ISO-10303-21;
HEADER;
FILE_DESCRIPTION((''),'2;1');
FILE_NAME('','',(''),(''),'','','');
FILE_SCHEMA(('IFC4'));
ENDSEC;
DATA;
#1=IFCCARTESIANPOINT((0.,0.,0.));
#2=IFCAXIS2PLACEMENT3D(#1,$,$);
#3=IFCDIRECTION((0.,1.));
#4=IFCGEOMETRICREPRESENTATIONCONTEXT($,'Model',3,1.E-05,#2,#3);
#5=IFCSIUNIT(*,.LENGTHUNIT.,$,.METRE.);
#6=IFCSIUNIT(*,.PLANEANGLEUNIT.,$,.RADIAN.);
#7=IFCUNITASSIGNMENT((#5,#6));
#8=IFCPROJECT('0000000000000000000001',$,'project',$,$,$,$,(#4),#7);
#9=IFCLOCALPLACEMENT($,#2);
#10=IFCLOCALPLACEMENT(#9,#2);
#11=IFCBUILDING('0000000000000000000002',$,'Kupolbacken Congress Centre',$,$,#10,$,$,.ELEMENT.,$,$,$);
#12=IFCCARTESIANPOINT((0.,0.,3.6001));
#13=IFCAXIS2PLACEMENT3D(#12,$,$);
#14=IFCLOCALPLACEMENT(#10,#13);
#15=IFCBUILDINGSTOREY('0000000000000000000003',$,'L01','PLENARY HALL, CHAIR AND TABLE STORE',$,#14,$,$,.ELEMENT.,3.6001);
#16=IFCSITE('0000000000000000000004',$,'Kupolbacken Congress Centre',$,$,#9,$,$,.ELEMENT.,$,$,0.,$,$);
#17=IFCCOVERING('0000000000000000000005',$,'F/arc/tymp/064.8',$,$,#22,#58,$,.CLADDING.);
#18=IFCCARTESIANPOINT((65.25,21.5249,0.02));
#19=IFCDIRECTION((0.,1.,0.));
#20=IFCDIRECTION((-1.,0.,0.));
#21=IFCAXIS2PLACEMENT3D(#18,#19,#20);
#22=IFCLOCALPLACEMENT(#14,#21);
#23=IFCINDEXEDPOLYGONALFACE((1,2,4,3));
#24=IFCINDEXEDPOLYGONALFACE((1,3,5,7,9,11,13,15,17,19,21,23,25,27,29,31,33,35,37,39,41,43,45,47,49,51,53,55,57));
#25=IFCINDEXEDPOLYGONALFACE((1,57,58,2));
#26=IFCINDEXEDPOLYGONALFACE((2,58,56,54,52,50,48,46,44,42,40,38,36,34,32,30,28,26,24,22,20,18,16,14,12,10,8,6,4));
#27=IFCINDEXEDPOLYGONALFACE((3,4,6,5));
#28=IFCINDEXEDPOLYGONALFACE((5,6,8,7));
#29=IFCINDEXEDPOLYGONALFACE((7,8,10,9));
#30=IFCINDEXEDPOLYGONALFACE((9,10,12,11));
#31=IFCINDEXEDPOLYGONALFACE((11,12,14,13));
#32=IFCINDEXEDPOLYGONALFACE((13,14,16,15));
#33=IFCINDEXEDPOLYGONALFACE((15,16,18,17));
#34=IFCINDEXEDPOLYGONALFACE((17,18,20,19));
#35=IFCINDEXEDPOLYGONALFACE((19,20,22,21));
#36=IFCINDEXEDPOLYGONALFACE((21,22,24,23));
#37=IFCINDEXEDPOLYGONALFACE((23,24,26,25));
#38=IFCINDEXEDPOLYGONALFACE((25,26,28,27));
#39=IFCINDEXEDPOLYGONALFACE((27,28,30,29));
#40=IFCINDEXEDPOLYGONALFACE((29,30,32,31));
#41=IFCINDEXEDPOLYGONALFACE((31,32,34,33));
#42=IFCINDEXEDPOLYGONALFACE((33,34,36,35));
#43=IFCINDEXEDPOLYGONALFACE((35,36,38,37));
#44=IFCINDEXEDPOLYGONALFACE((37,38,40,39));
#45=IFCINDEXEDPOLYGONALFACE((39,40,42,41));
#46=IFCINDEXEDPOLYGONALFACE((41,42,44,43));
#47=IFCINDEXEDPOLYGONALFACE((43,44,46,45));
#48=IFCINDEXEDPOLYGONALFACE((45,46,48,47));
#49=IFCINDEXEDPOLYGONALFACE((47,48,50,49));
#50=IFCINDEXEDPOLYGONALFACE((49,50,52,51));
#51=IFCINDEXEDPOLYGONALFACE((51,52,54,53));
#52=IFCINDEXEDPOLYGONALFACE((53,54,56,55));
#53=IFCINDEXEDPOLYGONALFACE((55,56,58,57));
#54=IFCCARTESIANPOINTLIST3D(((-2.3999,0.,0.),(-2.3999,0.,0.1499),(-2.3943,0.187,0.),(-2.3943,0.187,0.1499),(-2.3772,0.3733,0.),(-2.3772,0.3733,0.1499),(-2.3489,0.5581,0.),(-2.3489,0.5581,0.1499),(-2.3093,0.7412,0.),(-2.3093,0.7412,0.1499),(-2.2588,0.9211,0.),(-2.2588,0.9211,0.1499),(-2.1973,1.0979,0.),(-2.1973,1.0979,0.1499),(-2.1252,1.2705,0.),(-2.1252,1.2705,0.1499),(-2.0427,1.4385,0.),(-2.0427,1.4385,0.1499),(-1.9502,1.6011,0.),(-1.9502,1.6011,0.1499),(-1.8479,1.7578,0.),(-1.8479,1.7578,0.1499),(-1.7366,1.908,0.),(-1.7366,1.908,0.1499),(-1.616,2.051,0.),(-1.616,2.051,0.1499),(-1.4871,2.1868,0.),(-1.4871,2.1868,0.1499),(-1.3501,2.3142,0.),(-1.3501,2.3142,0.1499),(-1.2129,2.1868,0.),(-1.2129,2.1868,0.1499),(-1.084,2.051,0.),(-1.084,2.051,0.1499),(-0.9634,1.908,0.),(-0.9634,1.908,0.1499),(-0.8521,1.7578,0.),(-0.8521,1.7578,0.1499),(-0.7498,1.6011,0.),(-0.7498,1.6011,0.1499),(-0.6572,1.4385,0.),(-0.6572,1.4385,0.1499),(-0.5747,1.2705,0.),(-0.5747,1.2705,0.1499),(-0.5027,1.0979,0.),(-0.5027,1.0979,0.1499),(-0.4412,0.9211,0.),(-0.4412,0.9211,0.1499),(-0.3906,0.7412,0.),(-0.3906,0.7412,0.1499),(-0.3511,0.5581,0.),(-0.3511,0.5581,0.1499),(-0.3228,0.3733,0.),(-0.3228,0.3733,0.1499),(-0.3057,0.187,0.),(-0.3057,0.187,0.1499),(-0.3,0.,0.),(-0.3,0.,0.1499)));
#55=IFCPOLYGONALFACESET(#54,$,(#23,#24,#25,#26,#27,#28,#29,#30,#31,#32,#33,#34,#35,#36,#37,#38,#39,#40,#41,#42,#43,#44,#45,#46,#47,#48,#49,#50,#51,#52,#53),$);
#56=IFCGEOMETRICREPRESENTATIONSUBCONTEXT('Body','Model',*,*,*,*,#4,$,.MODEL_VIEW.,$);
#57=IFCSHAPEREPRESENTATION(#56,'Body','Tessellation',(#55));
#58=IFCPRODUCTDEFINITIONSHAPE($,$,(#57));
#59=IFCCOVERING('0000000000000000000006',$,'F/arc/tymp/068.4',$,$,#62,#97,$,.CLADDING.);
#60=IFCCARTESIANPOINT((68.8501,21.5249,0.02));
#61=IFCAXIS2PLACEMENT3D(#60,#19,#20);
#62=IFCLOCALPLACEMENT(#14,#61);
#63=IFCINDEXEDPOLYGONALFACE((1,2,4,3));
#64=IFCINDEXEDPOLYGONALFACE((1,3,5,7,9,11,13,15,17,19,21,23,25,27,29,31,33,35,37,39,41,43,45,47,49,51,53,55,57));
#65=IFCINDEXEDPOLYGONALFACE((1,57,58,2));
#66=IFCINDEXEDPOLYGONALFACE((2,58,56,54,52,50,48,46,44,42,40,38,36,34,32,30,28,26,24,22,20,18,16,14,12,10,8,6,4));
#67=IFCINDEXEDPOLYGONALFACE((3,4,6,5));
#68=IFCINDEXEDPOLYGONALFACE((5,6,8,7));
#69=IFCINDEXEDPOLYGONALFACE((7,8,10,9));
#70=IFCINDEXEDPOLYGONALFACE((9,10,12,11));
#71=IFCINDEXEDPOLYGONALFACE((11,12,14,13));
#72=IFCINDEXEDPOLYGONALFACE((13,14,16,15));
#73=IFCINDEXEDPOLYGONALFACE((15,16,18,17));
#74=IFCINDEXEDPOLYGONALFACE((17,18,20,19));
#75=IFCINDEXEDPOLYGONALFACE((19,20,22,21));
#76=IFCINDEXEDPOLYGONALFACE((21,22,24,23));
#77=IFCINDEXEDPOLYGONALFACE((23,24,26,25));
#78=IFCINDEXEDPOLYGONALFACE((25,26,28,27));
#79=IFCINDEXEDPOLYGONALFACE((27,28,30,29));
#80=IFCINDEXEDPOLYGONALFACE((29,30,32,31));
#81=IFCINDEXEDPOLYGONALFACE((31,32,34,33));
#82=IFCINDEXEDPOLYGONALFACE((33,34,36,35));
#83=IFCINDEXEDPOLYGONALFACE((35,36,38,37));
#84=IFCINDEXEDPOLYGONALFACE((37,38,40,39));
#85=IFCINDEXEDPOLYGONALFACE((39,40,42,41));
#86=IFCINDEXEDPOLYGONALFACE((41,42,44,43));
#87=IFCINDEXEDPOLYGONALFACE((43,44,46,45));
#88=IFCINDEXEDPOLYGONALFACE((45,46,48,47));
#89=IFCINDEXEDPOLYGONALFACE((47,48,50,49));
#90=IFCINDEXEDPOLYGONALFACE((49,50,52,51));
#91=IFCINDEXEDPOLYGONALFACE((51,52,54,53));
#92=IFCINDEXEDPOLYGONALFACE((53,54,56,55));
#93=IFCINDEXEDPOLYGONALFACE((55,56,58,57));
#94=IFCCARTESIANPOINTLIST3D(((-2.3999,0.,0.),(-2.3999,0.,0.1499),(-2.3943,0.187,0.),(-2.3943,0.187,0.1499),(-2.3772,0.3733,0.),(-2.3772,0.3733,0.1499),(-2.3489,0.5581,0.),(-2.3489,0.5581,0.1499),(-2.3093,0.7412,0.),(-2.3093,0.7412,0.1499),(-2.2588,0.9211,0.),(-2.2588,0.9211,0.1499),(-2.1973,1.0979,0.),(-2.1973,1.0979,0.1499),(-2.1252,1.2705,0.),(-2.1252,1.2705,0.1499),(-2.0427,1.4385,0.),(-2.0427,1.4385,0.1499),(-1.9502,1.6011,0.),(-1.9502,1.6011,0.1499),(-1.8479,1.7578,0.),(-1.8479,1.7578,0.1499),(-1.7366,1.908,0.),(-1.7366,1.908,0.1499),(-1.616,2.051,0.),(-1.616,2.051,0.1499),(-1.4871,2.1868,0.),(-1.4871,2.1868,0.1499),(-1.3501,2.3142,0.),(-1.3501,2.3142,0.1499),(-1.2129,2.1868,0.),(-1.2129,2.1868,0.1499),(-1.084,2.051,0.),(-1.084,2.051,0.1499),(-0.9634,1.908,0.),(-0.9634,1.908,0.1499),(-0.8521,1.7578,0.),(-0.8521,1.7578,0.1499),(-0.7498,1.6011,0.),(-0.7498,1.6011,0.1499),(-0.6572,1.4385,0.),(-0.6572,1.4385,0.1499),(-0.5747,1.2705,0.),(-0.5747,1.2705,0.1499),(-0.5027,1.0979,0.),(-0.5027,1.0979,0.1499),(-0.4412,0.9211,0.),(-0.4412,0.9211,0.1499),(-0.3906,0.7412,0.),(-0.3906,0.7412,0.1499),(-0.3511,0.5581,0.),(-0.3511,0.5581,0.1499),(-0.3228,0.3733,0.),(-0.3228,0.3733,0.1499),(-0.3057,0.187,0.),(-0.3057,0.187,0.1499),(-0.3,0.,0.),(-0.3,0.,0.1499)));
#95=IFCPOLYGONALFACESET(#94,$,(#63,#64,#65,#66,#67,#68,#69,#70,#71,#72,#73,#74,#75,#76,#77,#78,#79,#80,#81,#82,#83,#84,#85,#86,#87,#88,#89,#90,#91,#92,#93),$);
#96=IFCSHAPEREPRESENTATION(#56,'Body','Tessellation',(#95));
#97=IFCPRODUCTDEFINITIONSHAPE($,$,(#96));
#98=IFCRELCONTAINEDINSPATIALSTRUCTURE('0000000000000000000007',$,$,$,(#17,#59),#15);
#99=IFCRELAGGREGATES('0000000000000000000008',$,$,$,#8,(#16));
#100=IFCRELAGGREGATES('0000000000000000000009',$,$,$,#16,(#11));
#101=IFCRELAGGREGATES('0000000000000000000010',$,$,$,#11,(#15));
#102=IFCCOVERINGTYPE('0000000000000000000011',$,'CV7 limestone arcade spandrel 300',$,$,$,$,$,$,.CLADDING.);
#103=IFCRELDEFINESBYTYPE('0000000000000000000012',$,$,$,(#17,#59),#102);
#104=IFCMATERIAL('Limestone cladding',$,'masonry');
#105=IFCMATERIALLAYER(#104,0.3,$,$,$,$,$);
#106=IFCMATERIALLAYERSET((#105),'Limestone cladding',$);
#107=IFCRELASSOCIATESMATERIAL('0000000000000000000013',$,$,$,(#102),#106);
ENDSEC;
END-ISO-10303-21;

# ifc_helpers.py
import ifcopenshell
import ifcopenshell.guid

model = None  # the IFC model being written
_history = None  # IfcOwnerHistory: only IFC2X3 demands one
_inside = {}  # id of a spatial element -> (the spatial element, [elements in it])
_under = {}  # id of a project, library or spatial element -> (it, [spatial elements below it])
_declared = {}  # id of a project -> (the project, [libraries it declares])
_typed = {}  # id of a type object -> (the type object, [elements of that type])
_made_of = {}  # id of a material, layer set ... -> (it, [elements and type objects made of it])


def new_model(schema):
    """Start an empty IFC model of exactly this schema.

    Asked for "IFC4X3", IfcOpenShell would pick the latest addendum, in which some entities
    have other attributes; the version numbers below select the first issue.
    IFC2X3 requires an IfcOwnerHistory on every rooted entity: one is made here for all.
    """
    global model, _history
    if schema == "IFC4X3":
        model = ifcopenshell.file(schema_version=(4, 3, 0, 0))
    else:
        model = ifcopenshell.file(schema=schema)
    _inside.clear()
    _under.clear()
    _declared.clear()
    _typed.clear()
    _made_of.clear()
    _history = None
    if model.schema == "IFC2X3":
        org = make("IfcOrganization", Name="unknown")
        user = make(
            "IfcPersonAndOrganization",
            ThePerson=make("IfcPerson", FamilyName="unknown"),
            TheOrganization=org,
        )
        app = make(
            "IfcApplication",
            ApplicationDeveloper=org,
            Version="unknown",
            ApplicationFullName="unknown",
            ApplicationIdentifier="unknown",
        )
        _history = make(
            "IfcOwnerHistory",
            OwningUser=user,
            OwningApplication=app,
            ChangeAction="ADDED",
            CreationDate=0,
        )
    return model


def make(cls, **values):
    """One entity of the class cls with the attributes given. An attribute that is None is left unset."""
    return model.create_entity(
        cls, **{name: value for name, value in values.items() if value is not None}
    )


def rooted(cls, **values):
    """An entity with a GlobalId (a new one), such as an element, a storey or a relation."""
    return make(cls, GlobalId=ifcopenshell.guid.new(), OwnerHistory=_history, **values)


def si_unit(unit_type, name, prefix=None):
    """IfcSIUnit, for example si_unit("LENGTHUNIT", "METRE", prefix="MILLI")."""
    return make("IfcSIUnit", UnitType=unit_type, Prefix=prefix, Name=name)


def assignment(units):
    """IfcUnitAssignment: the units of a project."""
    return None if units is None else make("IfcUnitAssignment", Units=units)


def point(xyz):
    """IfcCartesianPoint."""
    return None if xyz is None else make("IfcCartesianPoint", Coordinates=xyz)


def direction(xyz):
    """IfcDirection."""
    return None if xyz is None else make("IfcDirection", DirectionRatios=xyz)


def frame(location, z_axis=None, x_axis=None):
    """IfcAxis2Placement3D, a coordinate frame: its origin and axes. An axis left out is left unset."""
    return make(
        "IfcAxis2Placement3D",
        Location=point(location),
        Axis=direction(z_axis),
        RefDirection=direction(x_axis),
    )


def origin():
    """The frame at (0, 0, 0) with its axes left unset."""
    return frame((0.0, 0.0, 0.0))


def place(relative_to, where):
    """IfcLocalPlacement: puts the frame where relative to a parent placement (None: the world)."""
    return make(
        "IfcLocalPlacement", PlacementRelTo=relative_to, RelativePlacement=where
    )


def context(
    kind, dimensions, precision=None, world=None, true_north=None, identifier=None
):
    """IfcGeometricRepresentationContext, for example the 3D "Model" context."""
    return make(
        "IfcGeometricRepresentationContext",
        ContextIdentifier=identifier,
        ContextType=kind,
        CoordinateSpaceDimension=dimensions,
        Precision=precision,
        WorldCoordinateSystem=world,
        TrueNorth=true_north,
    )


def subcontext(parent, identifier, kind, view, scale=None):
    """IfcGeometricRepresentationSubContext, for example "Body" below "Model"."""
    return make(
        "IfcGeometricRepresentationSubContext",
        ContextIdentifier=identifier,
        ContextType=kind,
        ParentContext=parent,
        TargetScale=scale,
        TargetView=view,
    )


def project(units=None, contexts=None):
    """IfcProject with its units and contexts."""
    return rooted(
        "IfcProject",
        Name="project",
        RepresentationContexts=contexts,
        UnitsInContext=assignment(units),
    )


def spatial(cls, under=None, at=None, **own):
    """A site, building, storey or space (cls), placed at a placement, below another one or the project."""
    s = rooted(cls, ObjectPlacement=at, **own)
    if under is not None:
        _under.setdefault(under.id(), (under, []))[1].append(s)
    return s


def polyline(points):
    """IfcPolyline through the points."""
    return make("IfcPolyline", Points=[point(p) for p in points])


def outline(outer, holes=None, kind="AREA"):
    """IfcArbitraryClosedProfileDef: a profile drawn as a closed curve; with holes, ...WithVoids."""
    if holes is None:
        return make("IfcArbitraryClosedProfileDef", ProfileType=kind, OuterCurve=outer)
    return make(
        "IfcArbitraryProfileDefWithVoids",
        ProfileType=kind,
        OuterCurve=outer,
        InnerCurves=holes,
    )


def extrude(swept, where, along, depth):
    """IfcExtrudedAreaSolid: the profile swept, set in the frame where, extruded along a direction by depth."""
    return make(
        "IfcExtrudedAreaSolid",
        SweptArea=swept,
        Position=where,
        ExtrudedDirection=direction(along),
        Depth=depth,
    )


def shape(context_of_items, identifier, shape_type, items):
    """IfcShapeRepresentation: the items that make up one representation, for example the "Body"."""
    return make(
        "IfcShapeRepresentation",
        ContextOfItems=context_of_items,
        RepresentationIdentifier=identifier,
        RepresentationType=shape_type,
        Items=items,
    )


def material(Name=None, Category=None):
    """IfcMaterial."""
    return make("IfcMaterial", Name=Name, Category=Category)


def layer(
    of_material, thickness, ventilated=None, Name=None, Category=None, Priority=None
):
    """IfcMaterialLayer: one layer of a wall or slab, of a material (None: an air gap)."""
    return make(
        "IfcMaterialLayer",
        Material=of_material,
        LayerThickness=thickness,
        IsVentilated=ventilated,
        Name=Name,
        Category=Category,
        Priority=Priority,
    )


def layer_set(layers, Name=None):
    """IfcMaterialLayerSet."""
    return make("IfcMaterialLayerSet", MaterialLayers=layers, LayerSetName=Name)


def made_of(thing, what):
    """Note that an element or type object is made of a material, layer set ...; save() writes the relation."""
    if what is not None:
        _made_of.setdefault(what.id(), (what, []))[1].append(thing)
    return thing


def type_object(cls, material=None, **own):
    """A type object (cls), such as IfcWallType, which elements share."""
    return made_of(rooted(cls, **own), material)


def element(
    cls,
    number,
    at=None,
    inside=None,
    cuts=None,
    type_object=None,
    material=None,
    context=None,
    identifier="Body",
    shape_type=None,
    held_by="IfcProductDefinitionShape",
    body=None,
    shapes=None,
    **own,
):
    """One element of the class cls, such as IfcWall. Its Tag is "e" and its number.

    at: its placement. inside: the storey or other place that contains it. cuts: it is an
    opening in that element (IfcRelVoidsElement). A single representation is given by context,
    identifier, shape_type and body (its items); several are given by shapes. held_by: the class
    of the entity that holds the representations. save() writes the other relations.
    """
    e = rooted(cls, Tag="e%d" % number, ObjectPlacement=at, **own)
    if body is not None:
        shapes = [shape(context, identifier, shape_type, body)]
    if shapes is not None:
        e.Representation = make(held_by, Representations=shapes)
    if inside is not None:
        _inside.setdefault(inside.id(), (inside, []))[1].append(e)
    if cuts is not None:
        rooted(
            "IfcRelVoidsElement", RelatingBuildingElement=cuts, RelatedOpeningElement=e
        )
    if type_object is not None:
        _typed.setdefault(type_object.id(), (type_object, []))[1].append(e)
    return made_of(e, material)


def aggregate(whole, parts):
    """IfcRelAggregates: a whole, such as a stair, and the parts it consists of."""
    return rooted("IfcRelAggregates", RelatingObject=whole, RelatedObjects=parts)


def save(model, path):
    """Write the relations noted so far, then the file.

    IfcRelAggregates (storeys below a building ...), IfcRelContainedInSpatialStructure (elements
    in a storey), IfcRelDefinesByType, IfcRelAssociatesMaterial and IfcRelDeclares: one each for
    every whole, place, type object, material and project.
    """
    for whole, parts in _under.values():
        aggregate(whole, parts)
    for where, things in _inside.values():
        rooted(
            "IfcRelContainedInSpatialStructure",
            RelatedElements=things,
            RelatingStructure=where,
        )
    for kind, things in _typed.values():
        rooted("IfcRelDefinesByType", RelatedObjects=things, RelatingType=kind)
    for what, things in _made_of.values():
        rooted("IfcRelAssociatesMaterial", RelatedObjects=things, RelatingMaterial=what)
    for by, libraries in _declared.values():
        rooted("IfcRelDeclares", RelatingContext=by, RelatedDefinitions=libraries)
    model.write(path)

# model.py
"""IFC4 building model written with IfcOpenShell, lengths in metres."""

from ifc_helpers import new_model, si_unit, direction, frame, origin, place, context, subcontext, project, spatial, polyline, outline, extrude, material, layer, layer_set, type_object, element, save


model = new_model("IFC4")

# Units and contexts
model_context = context("Model", 3, precision=1e-05, world=origin(), true_north=direction((0.0, 1.0)))
body_context = subcontext(model_context, "Body", "Model", "MODEL_VIEW")
ifc_project = project(units=[si_unit("LENGTHUNIT", "METRE"), si_unit("PLANEANGLEUNIT", "RADIAN")], contexts=[model_context])

# Site, building, storey
site_placement = place(None, origin())
site = spatial("IfcSite", under=ifc_project, at=site_placement, Name="Kupolbacken Congress Centre", CompositionType="ELEMENT", RefElevation=0.0)
building_placement = place(site_placement, origin())
building = spatial("IfcBuilding", under=site, at=building_placement, Name="Kupolbacken Congress Centre", CompositionType="ELEMENT")
storey_placement = place(building_placement, frame((0.0, 0.0, 3.6001)))
storey = spatial("IfcBuildingStorey", under=building, at=storey_placement, Name="L01", Description="PLENARY HALL, CHAIR AND TABLE STORE", CompositionType="ELEMENT", Elevation=3.6001)

# Coverings
ifc_material_1 = material(Name="Limestone cladding", Category="masonry")
ifc_layer_1 = layer(ifc_material_1, 0.3)
ifc_layer_set_1 = layer_set([ifc_layer_1], Name="Limestone cladding")
covering_type_1 = type_object("IfcCoveringType", Name="CV7 limestone arcade spandrel 300", PredefinedType="CLADDING", material=ifc_layer_set_1)
covering_1_placement = place(storey_placement, frame((65.25, 21.5249, 0.02), z_axis=(0.0, 1.0, 0.0), x_axis=(-1.0, 0.0, 0.0)))
element("IfcCovering", 1, at=covering_1_placement, inside=storey, type_object=covering_type_1, Name="F/arc/tymp/064.8", PredefinedType="CLADDING", context=body_context, shape_type="SweptSolid", body=[
    extrude(outline(polyline([(-0.3, 0.0), (-0.3057, 0.187), (-0.3228, 0.3733), (-0.3511, 0.5581), (-0.3906, 0.7412), (-0.4412, 0.9211), (-0.5027, 1.0979), (-0.5747, 1.2705), (-0.6572, 1.4385), (-0.7498, 1.6011), (-0.8521, 1.7578), (-0.9634, 1.908), (-1.084, 2.051), (-1.2129, 2.1868), (-1.3501, 2.3142), (-1.4871, 2.1868), (-1.616, 2.051), (-1.7366, 1.908), (-1.8479, 1.7578), (-1.9502, 1.6011), (-2.0427, 1.4385), (-2.1252, 1.2705), (-2.1973, 1.0979), (-2.2588, 0.9211), (-2.3093, 0.7412), (-2.3489, 0.5581), (-2.3772, 0.3733), (-2.3943, 0.187), (-2.3999, 0.0), (-0.3, 0.0)])), origin(), (0.0, 0.0, 1.0), 0.1499),
])
covering_2_placement = place(storey_placement, frame((68.8501, 21.5249, 0.02), z_axis=(0.0, 1.0, 0.0), x_axis=(-1.0, 0.0, 0.0)))
element("IfcCovering", 2, at=covering_2_placement, inside=storey, type_object=covering_type_1, Name="F/arc/tymp/068.4", PredefinedType="CLADDING", context=body_context, shape_type="SweptSolid", body=[
    extrude(outline(polyline([(-0.3, 0.0), (-0.3057, 0.187), (-0.3228, 0.3733), (-0.3511, 0.5581), (-0.3906, 0.7412), (-0.4412, 0.9211), (-0.5027, 1.0979), (-0.5747, 1.2705), (-0.6572, 1.4385), (-0.7498, 1.6011), (-0.8521, 1.7578), (-0.9634, 1.908), (-1.084, 2.051), (-1.2129, 2.1868), (-1.3501, 2.3142), (-1.4871, 2.1868), (-1.616, 2.051), (-1.7366, 1.908), (-1.8479, 1.7578), (-1.9502, 1.6011), (-2.0427, 1.4385), (-2.1252, 1.2705), (-2.1973, 1.0979), (-2.2588, 0.9211), (-2.3093, 0.7412), (-2.3489, 0.5581), (-2.3772, 0.3733), (-2.3943, 0.187), (-2.3999, 0.0), (-0.3, 0.0)])), origin(), (0.0, 0.0, 1.0), 0.1499),
])

save(model, "model.ifc")
